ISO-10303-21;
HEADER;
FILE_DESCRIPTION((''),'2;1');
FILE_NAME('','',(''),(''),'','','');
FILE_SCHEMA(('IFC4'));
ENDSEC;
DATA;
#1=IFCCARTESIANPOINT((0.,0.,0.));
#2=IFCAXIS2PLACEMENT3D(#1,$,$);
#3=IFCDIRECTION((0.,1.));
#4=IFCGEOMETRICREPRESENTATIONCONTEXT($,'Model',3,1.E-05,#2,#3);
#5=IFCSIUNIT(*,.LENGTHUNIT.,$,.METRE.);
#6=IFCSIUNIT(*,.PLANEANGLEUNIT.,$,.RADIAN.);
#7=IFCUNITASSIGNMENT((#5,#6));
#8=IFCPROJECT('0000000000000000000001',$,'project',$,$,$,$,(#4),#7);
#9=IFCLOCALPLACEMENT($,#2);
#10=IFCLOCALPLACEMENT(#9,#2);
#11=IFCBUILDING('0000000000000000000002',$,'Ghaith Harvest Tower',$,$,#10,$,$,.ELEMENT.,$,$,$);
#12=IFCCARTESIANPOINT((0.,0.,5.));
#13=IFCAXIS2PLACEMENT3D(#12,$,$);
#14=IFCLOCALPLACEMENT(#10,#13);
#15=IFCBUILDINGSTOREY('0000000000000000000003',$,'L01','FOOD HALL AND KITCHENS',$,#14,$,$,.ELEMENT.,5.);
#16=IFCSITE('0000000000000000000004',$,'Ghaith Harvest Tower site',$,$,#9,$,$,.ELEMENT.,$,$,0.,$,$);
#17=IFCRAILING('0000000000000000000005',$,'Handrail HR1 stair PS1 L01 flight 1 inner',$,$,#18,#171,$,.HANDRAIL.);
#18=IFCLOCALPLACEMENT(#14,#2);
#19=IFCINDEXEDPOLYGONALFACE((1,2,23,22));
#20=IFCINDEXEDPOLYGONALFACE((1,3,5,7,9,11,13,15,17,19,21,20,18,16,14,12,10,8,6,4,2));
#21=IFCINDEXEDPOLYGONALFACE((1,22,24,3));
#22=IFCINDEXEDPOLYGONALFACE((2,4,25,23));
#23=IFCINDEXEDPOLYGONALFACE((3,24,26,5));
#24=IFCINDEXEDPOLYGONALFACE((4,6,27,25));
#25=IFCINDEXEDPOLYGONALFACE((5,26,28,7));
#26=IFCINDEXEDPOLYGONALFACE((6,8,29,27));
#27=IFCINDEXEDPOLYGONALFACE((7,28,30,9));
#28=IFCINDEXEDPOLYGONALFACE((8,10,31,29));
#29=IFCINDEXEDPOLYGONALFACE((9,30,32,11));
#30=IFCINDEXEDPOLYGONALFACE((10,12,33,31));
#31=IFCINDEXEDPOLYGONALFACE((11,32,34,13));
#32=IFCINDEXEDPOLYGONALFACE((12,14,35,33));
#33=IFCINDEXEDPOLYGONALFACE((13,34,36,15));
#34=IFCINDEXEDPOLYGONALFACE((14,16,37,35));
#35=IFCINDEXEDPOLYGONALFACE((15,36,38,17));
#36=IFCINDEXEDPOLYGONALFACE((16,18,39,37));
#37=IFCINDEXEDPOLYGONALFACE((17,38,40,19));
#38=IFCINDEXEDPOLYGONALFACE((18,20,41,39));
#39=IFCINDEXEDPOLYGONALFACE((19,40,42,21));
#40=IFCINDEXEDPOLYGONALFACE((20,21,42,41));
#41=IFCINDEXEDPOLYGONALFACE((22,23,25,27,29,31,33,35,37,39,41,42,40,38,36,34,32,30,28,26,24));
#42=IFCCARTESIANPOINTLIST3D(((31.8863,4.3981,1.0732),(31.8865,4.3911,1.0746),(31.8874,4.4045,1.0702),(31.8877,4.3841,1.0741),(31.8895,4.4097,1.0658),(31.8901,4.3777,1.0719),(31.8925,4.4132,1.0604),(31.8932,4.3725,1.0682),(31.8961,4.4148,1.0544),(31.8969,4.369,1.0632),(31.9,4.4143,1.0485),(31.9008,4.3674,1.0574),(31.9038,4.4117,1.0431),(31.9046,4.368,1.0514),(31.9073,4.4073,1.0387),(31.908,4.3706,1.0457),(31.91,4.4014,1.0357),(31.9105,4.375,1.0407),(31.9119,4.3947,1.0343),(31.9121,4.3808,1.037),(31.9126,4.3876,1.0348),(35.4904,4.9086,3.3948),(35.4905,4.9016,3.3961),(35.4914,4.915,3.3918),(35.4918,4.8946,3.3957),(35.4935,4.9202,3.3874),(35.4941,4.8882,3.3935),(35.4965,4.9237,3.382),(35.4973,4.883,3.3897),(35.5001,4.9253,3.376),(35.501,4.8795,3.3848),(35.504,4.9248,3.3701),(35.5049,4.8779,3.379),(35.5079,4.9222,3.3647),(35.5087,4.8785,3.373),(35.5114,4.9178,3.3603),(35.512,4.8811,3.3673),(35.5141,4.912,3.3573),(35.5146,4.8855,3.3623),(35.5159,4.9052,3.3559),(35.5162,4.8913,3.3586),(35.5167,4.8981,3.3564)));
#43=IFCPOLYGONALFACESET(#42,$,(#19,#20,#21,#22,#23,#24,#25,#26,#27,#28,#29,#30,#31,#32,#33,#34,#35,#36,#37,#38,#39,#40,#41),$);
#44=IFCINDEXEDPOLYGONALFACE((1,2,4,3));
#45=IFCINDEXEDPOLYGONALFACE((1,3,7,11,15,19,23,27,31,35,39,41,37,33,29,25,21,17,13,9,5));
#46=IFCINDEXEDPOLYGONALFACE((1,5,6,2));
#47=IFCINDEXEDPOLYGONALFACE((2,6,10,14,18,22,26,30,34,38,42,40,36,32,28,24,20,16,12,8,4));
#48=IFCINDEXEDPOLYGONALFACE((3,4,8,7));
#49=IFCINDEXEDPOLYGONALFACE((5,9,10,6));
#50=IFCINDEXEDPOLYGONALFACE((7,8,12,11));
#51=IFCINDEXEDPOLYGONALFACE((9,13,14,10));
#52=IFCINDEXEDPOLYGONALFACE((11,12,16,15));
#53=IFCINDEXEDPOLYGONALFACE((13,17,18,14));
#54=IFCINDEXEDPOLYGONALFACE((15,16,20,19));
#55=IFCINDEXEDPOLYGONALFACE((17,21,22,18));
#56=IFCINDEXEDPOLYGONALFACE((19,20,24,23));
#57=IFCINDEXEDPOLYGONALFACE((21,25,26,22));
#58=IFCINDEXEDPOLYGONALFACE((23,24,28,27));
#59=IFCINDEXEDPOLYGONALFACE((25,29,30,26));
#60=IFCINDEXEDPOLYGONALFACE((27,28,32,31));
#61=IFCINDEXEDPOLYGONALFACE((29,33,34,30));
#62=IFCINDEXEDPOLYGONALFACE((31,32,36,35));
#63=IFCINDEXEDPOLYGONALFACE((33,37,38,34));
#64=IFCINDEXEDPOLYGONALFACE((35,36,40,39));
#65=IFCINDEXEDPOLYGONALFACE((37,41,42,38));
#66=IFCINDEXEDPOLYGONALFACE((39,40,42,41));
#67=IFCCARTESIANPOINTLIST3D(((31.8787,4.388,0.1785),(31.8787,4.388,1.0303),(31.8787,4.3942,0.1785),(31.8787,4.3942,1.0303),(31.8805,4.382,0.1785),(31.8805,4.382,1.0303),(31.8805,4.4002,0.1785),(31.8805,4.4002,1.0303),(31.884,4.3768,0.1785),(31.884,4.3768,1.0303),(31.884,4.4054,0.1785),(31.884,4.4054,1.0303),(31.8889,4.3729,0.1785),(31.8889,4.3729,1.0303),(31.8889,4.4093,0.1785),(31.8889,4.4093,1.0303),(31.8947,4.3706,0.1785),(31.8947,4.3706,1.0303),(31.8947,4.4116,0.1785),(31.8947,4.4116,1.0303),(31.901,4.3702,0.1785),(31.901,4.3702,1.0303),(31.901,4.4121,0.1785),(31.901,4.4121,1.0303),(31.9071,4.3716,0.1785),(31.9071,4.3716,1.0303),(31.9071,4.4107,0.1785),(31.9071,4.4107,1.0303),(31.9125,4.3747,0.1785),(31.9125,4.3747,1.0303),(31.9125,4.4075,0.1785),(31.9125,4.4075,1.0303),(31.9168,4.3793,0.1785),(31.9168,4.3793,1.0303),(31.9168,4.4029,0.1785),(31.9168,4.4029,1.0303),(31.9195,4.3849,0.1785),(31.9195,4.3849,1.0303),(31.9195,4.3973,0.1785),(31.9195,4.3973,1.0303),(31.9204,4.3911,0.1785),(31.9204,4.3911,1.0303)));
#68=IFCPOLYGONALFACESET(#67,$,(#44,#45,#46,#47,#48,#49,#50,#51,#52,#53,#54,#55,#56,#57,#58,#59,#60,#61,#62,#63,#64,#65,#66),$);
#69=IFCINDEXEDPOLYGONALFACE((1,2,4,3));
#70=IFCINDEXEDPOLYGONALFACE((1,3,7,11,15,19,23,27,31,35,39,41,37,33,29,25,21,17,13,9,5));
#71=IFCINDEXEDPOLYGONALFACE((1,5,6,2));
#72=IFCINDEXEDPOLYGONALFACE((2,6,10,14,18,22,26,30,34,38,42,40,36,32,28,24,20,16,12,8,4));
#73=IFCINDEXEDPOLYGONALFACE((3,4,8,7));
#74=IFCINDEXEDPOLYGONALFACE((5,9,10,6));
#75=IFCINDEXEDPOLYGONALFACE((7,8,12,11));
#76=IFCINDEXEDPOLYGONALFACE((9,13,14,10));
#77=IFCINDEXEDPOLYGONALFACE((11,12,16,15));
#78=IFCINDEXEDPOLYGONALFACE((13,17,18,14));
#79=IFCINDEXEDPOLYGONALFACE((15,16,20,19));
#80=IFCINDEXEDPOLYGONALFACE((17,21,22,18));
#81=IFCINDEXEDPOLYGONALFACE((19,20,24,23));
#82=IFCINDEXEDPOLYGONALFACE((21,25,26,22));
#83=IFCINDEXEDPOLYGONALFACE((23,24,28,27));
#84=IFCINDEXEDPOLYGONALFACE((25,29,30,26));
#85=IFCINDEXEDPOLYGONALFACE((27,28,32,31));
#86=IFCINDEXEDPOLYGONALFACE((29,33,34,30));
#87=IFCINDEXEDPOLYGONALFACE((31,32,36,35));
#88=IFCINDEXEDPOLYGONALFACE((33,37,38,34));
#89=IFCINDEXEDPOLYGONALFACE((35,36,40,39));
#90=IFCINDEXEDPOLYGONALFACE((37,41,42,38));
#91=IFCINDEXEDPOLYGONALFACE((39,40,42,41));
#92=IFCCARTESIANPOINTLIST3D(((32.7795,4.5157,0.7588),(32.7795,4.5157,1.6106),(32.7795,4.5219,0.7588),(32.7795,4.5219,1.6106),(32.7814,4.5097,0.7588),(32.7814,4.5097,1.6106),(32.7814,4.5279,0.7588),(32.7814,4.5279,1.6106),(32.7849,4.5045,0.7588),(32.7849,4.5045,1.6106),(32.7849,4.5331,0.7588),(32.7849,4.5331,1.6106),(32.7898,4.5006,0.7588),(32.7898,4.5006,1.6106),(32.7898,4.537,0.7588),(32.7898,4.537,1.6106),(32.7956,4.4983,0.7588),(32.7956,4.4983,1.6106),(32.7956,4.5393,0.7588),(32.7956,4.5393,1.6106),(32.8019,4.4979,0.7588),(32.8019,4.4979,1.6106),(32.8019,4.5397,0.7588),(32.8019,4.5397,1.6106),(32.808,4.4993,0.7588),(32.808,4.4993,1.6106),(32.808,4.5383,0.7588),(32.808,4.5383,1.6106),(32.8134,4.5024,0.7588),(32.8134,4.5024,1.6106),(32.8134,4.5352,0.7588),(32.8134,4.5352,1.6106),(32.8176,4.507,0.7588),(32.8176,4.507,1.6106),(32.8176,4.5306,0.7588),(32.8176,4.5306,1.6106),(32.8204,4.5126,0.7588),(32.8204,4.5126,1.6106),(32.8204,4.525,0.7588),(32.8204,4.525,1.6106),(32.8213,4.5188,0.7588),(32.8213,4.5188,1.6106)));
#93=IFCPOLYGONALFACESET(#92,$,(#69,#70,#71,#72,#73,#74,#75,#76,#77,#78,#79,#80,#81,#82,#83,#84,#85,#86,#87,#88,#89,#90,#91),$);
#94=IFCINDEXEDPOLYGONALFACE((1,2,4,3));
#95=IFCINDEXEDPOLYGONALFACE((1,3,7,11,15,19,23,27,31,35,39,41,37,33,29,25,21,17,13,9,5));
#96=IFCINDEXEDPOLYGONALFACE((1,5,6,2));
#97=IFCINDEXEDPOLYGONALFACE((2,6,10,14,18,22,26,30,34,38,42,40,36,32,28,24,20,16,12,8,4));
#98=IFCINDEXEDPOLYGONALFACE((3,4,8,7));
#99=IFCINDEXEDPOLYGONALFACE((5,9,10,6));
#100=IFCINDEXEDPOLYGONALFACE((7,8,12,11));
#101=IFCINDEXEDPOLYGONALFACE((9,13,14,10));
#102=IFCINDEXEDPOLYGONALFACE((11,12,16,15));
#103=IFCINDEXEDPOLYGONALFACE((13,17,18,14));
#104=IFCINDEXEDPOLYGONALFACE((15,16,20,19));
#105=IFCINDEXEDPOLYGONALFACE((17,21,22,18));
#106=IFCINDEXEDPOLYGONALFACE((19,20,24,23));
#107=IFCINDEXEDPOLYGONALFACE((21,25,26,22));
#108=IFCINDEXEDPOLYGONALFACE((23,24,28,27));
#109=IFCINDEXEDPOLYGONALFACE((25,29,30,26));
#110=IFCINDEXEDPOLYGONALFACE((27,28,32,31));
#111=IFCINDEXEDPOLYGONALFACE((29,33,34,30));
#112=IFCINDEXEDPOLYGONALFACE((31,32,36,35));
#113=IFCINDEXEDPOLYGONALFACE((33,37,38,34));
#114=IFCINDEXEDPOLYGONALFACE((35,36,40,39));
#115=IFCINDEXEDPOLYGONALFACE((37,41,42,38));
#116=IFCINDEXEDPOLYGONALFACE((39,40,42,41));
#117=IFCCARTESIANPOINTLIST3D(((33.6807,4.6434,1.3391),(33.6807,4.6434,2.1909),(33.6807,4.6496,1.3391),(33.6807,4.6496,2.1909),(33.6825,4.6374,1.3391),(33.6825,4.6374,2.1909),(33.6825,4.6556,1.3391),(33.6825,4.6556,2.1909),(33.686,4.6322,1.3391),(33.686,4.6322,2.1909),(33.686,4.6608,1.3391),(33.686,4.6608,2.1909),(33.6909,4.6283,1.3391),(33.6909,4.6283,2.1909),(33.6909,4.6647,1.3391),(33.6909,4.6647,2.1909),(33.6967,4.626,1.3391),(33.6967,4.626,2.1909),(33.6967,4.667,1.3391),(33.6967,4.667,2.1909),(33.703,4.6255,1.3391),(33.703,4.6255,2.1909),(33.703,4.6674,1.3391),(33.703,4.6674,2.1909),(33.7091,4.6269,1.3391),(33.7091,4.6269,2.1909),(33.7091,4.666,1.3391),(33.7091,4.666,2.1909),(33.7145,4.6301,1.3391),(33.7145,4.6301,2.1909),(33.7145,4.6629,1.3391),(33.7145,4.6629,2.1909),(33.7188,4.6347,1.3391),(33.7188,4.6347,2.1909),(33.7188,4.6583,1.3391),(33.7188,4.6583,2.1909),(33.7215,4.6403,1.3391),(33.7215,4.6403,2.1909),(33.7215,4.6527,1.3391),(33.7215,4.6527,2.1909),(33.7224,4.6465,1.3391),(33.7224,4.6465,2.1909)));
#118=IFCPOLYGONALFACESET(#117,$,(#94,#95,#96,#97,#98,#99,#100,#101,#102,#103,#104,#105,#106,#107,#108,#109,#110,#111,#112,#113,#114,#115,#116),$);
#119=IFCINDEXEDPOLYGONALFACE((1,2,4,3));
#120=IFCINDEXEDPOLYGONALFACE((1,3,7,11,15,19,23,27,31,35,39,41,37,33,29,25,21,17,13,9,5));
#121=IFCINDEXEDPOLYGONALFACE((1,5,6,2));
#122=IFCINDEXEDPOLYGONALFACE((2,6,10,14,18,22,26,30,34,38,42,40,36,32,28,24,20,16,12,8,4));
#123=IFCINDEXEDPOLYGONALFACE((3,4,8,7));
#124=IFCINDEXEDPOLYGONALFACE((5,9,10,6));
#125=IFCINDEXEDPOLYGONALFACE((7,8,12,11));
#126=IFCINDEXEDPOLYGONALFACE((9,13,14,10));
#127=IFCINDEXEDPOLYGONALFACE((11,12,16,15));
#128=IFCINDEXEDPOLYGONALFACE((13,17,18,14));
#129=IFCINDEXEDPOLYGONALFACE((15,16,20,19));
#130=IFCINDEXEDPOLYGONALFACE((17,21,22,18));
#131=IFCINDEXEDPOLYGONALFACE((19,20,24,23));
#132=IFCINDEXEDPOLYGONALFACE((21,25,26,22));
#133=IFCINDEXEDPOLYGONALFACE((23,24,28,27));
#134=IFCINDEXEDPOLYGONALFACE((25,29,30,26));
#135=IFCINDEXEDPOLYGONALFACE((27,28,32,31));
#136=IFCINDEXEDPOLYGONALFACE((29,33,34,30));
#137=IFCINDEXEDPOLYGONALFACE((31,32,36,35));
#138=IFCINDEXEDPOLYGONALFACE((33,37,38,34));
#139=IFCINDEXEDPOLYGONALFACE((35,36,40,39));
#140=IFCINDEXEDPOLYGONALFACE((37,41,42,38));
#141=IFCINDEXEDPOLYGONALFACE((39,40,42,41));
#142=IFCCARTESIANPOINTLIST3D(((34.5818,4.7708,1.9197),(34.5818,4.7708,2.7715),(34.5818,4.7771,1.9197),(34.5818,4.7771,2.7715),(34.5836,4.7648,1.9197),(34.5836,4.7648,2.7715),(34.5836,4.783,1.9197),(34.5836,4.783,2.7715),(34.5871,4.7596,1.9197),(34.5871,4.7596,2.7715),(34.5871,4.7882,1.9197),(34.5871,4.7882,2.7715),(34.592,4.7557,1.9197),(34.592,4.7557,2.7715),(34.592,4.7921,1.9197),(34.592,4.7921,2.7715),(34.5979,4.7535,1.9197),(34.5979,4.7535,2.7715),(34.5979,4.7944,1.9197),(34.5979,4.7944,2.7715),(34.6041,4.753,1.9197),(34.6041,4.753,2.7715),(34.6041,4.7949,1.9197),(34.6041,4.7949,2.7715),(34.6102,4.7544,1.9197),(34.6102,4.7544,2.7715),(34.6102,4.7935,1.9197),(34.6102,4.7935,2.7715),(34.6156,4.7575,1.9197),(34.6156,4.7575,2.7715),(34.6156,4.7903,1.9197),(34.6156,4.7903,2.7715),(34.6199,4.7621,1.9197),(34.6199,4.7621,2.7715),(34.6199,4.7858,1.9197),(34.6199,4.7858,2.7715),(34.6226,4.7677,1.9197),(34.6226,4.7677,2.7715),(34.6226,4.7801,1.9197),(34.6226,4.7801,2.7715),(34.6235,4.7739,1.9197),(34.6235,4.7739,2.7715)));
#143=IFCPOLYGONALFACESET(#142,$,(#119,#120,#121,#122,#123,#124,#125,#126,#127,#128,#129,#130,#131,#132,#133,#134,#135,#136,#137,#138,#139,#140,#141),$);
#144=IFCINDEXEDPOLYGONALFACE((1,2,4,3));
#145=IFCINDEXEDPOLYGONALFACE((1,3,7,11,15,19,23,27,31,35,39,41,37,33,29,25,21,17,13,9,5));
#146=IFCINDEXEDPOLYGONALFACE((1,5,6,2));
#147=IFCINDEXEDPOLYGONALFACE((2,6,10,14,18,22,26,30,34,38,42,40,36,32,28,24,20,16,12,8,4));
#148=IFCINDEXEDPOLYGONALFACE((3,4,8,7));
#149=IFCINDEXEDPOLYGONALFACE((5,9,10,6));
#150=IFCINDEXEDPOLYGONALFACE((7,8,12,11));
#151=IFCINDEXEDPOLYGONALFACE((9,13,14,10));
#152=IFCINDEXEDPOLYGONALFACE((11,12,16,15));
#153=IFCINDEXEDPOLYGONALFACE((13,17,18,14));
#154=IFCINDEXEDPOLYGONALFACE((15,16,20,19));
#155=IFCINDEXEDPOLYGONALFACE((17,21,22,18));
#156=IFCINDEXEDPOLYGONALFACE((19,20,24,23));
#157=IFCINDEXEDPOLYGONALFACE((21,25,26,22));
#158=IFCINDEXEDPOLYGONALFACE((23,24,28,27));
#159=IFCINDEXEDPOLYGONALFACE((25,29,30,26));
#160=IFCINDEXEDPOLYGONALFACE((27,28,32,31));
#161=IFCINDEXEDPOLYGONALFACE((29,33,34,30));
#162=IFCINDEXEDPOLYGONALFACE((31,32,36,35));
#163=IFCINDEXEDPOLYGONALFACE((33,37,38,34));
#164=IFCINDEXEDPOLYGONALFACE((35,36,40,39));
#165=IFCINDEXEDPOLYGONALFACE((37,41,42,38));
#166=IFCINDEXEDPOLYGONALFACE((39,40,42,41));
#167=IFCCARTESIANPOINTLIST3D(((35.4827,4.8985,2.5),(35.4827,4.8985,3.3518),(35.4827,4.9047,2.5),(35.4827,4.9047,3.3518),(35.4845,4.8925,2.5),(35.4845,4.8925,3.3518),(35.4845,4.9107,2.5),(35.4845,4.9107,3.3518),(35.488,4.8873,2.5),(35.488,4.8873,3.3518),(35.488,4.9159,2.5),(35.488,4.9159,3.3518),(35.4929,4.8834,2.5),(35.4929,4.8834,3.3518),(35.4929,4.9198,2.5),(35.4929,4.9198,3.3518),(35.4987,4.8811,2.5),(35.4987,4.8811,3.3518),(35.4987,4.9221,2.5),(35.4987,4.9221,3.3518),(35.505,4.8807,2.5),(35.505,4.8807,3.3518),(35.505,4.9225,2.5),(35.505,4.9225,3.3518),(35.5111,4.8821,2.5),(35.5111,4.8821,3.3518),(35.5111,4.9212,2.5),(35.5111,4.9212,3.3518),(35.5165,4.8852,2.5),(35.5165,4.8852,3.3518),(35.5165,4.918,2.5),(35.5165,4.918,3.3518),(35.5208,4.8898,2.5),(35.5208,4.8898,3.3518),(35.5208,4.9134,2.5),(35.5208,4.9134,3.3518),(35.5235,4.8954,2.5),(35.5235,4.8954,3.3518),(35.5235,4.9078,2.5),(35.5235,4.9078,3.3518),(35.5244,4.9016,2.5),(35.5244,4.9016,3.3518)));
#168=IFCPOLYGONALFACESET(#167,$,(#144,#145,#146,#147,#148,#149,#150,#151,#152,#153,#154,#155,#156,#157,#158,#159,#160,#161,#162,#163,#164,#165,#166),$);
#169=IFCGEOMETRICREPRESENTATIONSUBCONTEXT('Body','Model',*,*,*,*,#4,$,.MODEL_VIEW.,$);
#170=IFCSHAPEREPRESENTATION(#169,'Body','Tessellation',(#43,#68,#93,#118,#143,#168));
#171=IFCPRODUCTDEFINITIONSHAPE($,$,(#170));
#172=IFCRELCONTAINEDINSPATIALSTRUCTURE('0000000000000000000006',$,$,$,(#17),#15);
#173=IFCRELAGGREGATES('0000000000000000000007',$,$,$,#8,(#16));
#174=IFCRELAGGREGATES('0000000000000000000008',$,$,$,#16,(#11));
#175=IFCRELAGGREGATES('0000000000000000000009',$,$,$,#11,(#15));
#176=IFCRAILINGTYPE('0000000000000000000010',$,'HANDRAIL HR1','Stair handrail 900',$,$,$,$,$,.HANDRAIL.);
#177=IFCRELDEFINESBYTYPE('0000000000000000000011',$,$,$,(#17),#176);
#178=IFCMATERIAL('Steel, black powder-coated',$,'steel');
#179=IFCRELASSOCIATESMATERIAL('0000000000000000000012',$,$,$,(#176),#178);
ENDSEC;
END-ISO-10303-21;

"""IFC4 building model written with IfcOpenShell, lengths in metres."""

from ifc_helpers import new_model, si_unit, direction, frame, origin, origin_2d, place, context, subcontext, project, spatial, circle, extrude, material, type_object, element, save


model = new_model("IFC4")

# Units and contexts
model_context = context("Model", 3, precision=1e-05, world=origin(), true_north=direction((0.0, 1.0)))
body_context = subcontext(model_context, "Body", "Model", "MODEL_VIEW")
ifc_project = project(units=[si_unit("LENGTHUNIT", "METRE"), si_unit("PLANEANGLEUNIT", "RADIAN")], contexts=[model_context])

# Site, building, storey
site_placement = place(None, origin())
site = spatial("IfcSite", under=ifc_project, at=site_placement, Name="Ghaith Harvest Tower site", CompositionType="ELEMENT", RefElevation=0.0)
building_placement = place(site_placement, origin())
building = spatial("IfcBuilding", under=site, at=building_placement, Name="Ghaith Harvest Tower", CompositionType="ELEMENT")
storey_placement = place(building_placement, frame((0.0, 0.0, 5.0)))
storey = spatial("IfcBuildingStorey", under=building, at=storey_placement, Name="L01", Description="FOOD HALL AND KITCHENS", CompositionType="ELEMENT", Elevation=5.0)

# Railing
ifc_material_1 = material(Name="Steel, black powder-coated", Category="steel")
railing_type = type_object("IfcRailingType", Name="HANDRAIL HR1", Description="Stair handrail 900", PredefinedType="HANDRAIL", material=ifc_material_1)
railing_1_placement = place(storey_placement, frame((31.8994, 4.3911, 0.1785)))
element("IfcRailing", 1, at=railing_1_placement, inside=storey, type_object=railing_type, Name="Handrail HR1 stair PS1 L01 flight 1 inner", PredefinedType="HANDRAIL", context=body_context, shape_type="SweptSolid", body=[
    extrude(circle(Radius=0.0239, at=origin_2d()), frame((0.0, 0.0, 0.876), z_axis=(0.834784, 0.118245, 0.53773), x_axis=(-0.140247, 0.990116, 0.0)), (0.0, 0.0, 1.0), 4.3174),
    extrude(circle(Radius=0.021, at=origin_2d()), origin(), (0.0, 0.0, 1.0), 0.8518),
    extrude(circle(Radius=0.021, at=origin_2d()), frame((0.9009, 0.1277, 0.5803)), (0.0, 0.0, 1.0), 0.8518),
    extrude(circle(Radius=0.021, at=origin_2d()), frame((1.802, 0.2554, 1.1606)), (0.0, 0.0, 1.0), 0.8518),
    extrude(circle(Radius=0.021, at=origin_2d()), frame((2.7031, 0.3828, 1.7412)), (0.0, 0.0, 1.0), 0.8518),
    extrude(circle(Radius=0.021, at=origin_2d()), frame((3.604, 0.5105, 2.3215)), (0.0, 0.0, 1.0), 0.8518),
])

save(model, "model.ifc")
